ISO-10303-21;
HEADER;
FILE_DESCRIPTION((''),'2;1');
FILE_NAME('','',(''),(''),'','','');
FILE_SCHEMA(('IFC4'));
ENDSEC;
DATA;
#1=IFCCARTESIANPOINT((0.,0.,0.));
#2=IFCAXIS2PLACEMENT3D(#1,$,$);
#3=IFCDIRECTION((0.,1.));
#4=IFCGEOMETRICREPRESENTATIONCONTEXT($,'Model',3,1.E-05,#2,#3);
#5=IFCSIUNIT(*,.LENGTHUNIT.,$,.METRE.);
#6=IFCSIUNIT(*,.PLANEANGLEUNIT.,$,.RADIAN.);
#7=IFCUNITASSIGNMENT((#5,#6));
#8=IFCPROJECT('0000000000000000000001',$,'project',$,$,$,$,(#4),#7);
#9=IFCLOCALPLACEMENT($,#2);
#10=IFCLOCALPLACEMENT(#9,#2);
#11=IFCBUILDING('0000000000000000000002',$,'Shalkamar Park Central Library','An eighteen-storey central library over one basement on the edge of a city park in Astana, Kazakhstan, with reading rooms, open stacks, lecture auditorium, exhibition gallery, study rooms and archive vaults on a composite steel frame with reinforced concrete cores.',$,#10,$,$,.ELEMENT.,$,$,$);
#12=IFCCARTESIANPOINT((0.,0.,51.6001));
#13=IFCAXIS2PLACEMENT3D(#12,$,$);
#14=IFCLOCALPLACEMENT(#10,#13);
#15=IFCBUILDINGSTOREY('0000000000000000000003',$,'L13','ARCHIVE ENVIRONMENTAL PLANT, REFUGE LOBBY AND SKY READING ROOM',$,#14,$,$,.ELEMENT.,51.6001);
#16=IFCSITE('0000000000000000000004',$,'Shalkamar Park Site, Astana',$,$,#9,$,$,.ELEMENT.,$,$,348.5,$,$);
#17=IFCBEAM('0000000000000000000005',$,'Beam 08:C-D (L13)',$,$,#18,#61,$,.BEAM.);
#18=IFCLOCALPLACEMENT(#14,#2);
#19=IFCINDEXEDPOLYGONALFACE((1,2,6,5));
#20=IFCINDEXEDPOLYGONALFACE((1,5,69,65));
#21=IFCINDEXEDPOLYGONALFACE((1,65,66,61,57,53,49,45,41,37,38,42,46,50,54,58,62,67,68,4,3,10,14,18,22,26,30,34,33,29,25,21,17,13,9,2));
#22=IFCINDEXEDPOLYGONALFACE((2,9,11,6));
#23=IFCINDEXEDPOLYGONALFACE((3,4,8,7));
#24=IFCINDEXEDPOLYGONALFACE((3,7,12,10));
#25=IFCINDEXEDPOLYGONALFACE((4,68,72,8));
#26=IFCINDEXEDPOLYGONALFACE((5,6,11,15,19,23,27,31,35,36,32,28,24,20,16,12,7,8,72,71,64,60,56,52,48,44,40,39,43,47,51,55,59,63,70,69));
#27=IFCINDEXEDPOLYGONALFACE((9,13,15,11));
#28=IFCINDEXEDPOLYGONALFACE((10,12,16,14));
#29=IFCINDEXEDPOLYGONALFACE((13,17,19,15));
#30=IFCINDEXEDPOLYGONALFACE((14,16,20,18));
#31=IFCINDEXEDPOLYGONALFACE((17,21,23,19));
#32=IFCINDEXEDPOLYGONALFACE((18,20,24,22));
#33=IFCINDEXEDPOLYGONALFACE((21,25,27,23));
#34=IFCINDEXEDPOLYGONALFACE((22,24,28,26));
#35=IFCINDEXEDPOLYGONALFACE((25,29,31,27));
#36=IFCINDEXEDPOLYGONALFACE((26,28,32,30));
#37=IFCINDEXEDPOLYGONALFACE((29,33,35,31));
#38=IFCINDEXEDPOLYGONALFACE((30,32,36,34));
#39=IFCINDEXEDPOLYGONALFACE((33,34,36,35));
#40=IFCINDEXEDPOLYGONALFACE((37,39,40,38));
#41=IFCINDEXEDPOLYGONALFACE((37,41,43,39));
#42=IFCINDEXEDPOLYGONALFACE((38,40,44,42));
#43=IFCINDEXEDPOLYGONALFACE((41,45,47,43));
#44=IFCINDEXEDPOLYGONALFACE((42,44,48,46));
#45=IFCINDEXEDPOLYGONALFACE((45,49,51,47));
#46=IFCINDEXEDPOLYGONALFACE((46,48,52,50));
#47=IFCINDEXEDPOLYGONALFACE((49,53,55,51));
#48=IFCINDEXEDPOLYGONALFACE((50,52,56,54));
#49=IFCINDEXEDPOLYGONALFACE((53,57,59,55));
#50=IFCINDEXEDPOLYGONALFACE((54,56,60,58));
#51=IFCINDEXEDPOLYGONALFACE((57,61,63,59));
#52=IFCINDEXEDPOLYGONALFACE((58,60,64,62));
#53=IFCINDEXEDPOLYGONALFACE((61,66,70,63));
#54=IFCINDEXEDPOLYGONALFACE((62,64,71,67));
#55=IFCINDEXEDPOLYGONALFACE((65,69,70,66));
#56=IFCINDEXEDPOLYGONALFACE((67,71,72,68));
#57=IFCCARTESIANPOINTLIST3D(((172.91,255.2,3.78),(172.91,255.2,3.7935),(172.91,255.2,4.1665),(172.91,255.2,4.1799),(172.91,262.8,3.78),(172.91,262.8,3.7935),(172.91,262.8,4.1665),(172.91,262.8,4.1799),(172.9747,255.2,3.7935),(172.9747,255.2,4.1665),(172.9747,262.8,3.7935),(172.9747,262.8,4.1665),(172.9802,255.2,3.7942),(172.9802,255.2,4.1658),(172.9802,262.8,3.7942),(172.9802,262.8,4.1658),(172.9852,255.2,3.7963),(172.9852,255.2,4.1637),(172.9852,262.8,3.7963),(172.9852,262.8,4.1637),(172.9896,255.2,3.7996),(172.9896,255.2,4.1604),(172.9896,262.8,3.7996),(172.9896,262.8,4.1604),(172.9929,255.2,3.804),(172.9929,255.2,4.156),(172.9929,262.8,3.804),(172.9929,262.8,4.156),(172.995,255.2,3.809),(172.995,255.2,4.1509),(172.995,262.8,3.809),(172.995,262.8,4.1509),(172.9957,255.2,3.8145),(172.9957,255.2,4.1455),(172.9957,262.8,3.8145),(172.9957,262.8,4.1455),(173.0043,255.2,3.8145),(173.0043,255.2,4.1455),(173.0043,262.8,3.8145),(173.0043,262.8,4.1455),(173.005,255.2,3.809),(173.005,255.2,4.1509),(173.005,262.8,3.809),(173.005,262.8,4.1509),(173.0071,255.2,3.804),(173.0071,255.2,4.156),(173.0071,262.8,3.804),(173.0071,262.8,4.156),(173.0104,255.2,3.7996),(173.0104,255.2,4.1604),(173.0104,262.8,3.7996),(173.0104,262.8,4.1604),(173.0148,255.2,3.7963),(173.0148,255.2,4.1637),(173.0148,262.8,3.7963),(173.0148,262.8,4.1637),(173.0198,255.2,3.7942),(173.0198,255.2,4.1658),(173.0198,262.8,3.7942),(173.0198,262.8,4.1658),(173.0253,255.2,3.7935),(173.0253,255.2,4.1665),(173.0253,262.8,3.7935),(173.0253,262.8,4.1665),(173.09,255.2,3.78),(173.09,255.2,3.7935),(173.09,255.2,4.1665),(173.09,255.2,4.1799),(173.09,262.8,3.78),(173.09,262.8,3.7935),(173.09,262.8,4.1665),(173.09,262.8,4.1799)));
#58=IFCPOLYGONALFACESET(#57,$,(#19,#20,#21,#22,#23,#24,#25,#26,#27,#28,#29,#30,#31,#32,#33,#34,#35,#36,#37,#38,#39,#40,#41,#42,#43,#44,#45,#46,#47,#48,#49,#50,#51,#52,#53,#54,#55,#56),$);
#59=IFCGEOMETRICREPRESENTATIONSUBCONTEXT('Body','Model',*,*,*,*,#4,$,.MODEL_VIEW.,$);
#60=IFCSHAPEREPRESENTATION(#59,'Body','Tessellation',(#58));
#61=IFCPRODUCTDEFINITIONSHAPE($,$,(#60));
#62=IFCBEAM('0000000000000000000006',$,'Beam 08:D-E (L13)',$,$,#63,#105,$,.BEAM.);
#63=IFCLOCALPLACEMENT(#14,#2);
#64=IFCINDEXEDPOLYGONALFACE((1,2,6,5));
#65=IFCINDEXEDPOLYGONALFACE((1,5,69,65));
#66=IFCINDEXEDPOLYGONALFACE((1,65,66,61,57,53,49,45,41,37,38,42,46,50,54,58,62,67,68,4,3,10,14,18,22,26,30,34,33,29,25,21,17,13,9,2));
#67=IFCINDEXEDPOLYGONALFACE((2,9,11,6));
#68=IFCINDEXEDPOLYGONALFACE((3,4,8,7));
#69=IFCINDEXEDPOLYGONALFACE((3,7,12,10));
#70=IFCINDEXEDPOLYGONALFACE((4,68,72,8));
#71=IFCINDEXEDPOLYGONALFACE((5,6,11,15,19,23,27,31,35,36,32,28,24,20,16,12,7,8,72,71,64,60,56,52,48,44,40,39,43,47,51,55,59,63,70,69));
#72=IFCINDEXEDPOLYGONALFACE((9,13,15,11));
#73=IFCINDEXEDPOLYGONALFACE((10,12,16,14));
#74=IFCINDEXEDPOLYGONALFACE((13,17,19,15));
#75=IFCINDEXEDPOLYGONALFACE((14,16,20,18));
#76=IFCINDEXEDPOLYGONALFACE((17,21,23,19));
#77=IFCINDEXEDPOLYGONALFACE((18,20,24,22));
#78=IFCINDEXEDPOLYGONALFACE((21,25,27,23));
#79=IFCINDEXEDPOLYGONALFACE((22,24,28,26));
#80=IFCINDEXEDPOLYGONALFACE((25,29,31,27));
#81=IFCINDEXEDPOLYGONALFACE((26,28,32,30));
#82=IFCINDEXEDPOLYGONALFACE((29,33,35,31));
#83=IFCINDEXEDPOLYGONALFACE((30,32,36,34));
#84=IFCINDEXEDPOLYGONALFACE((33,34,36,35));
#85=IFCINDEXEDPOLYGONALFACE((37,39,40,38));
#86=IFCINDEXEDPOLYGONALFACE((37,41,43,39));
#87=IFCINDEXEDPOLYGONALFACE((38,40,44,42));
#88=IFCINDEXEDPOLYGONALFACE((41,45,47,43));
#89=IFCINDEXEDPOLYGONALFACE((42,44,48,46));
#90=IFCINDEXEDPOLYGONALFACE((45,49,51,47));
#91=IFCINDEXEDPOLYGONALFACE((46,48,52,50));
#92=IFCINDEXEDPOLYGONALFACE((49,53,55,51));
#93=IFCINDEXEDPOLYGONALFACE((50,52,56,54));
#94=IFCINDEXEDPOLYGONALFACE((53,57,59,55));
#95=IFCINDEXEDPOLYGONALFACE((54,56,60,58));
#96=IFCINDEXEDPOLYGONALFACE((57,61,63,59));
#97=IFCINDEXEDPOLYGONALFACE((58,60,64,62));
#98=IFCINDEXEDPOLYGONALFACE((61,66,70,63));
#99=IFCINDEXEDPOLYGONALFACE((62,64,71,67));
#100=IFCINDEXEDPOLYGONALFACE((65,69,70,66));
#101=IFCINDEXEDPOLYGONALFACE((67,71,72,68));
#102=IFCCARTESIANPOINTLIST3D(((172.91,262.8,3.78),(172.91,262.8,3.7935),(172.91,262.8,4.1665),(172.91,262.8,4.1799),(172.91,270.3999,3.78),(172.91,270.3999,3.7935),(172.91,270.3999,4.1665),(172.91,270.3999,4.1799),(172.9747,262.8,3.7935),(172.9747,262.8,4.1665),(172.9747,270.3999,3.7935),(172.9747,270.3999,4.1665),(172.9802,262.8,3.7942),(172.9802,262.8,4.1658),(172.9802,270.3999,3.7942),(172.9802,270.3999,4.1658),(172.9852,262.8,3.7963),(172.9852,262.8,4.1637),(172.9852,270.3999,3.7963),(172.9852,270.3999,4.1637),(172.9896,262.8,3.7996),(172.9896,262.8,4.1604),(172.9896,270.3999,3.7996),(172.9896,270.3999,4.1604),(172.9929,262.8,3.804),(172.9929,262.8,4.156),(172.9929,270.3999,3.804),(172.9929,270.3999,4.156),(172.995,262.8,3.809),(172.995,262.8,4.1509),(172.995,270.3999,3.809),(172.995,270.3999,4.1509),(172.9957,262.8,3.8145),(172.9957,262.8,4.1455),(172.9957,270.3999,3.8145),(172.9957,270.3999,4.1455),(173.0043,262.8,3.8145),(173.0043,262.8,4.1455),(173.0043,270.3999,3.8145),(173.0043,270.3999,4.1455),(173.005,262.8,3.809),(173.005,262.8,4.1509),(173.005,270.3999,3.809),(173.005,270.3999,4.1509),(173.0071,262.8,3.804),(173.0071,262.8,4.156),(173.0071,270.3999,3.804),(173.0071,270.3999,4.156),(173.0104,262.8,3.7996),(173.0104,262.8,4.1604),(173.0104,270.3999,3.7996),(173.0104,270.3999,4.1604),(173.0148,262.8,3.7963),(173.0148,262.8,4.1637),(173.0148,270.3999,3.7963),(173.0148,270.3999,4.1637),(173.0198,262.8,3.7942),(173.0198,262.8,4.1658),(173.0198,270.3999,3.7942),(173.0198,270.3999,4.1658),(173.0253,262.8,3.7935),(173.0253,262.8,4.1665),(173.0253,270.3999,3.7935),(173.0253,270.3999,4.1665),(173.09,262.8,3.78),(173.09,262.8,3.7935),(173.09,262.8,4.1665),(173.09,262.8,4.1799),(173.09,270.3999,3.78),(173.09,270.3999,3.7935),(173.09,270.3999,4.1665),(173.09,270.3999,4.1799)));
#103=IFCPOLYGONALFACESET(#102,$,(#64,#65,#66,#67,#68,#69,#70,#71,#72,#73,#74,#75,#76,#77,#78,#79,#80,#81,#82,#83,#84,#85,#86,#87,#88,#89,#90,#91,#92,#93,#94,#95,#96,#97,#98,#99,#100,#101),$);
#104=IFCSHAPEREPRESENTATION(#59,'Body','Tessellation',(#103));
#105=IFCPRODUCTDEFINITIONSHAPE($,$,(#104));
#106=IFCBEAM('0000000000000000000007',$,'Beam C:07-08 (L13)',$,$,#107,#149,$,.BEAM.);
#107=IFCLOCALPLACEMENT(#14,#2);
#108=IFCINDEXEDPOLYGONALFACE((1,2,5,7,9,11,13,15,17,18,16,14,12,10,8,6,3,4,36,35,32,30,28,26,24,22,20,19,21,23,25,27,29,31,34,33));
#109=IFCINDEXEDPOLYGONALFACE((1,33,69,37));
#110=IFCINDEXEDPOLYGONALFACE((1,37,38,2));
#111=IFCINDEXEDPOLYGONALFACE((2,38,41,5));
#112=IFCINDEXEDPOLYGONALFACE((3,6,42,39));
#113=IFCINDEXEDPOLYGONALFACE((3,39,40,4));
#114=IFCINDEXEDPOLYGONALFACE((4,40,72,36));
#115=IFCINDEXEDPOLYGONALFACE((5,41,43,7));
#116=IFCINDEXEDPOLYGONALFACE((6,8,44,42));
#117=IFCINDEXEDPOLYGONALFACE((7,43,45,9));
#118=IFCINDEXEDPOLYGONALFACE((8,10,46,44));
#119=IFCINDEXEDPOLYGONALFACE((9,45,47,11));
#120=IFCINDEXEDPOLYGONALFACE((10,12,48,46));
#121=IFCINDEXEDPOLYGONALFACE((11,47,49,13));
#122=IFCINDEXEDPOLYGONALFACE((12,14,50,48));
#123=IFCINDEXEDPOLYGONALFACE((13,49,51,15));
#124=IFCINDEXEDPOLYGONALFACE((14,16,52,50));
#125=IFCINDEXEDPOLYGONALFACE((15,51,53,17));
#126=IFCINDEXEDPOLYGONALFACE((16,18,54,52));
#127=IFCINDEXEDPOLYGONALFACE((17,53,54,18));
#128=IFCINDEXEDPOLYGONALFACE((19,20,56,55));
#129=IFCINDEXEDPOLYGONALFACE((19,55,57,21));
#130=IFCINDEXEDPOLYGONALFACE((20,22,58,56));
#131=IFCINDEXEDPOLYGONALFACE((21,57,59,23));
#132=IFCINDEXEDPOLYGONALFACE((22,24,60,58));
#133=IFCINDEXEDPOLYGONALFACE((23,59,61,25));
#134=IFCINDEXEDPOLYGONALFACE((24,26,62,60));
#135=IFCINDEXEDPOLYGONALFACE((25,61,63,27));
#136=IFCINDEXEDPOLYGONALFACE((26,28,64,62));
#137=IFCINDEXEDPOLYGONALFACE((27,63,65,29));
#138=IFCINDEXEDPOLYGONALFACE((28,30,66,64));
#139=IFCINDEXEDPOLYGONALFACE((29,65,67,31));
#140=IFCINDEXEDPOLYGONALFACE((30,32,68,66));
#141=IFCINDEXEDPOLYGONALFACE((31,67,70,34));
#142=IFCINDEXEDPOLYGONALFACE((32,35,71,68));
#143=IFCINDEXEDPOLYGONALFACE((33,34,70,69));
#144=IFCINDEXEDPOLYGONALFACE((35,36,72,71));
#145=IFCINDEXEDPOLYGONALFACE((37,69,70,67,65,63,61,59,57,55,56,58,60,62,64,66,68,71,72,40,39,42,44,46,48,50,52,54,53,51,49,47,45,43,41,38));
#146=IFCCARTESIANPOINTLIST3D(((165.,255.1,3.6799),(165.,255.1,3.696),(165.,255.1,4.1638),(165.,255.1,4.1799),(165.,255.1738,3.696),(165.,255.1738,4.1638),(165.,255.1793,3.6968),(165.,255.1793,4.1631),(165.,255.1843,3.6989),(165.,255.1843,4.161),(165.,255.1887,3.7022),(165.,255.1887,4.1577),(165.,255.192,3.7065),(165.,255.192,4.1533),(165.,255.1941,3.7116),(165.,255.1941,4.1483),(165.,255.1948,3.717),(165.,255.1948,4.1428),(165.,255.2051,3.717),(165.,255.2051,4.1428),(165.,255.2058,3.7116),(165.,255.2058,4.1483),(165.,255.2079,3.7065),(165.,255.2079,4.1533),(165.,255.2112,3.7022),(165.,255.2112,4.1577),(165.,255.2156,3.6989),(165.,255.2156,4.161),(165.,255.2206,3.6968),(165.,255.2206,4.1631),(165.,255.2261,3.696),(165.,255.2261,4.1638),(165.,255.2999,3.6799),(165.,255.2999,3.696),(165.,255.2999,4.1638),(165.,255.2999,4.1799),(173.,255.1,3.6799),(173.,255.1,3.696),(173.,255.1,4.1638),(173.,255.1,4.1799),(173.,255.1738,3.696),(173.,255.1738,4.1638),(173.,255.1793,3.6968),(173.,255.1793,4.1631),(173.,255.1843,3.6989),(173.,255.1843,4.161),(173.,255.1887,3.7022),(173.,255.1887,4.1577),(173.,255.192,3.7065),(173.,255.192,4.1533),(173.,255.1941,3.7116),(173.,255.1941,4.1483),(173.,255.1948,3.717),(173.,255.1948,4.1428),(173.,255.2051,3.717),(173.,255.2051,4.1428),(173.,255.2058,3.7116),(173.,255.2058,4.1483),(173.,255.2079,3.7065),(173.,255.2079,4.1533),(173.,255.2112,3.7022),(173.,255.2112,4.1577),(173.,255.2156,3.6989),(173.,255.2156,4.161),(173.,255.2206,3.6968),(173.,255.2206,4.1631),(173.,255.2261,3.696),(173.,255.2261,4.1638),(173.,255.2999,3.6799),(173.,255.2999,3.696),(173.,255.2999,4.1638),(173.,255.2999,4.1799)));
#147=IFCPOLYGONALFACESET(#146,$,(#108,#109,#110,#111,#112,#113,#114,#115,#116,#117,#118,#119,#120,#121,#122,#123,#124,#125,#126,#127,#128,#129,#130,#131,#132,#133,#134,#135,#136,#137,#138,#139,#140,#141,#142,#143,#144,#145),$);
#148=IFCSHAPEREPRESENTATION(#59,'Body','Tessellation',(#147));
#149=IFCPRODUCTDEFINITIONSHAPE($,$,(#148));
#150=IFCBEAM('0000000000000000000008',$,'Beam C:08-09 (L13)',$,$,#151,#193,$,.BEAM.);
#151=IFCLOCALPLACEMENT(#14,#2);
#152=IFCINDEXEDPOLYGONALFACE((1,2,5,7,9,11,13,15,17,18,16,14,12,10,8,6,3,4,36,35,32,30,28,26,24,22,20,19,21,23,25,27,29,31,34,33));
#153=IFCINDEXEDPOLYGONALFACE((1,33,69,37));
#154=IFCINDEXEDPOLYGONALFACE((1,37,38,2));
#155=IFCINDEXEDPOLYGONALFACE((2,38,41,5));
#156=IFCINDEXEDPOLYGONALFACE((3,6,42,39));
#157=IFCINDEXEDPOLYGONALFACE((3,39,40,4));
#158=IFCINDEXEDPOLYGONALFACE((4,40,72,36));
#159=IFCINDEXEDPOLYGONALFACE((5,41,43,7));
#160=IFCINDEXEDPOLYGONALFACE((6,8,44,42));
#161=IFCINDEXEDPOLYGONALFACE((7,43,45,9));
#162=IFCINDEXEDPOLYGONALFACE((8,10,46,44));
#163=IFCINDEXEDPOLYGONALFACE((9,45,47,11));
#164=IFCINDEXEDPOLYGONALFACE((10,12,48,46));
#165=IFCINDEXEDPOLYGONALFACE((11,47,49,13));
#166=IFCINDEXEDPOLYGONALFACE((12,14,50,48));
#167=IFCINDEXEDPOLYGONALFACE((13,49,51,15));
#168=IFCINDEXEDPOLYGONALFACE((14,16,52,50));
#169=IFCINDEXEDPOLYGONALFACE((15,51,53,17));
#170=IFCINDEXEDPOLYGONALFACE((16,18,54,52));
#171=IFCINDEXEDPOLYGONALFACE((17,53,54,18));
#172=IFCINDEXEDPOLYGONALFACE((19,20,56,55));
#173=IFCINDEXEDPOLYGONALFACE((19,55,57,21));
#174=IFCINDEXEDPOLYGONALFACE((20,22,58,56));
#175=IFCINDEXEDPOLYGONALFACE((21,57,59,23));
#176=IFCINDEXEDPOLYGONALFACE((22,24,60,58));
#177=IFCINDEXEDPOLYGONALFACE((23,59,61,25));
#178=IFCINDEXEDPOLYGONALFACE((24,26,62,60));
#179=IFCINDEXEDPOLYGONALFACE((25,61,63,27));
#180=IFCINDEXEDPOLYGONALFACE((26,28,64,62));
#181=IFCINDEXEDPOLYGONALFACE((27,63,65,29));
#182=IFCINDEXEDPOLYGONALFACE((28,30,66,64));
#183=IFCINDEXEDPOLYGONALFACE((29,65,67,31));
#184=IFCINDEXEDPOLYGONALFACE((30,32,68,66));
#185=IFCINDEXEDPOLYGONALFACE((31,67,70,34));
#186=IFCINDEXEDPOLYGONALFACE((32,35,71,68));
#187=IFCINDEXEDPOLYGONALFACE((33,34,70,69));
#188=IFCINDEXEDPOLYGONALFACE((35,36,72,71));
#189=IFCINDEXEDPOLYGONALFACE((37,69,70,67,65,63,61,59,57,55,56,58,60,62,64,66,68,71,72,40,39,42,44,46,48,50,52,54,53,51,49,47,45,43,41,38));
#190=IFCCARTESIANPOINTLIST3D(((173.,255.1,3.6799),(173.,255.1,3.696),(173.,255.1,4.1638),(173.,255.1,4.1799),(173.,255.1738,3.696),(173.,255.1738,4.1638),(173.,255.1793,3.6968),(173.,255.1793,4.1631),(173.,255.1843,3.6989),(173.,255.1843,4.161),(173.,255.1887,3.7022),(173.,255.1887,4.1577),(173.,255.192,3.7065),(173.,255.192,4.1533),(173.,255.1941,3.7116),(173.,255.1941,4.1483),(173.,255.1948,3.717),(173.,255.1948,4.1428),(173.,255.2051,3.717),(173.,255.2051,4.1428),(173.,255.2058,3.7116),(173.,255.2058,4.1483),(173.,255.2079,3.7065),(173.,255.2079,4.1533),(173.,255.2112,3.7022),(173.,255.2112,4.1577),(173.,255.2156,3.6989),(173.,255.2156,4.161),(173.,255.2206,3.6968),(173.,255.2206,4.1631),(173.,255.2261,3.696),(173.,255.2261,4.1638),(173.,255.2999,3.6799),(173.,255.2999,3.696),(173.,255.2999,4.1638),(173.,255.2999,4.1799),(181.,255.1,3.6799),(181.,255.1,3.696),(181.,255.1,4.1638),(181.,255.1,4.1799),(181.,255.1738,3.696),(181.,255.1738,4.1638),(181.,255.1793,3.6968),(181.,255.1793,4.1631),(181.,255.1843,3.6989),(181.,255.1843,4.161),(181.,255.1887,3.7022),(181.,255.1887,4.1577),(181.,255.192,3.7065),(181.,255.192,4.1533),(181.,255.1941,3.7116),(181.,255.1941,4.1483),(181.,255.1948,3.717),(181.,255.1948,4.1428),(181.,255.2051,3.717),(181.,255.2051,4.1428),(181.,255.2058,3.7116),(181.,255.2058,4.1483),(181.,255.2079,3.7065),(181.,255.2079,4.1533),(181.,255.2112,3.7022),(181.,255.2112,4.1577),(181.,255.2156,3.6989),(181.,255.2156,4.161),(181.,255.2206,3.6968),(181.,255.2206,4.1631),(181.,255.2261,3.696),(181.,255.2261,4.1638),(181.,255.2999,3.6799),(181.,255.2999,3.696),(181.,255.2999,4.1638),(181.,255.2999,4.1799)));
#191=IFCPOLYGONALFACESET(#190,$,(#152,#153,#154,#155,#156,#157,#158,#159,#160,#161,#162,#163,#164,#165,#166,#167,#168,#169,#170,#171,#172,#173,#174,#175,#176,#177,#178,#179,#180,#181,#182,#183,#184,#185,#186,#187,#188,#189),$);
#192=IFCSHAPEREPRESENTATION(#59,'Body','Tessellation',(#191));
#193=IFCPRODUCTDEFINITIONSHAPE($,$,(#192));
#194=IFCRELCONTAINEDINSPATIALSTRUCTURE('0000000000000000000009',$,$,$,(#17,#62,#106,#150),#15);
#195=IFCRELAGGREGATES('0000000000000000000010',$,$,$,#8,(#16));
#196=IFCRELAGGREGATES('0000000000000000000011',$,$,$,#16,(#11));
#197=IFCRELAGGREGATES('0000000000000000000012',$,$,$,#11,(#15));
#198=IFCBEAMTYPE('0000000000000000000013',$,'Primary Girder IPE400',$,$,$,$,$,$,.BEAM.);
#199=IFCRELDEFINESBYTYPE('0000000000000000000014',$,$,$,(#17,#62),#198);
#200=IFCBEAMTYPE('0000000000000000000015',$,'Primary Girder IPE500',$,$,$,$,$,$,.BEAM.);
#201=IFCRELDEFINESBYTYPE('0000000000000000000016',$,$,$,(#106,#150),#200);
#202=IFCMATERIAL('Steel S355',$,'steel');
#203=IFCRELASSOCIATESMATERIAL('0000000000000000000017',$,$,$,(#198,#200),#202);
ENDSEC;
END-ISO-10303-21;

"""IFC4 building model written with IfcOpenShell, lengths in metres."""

from ifc_helpers import new_model, si_unit, direction, frame, origin, origin_2d, place, context, subcontext, project, spatial, i_section, extrude, material, material_profile, profile_set, type_object, element, save


model = new_model("IFC4")

# Units and contexts
model_context = context("Model", 3, precision=1e-05, world=origin(), true_north=direction((0.0, 1.0)))
body_context = subcontext(model_context, "Body", "Model", "MODEL_VIEW")
ifc_project = project(units=[si_unit("LENGTHUNIT", "METRE"), si_unit("PLANEANGLEUNIT", "RADIAN")], contexts=[model_context])

# Site, building, storey
site_placement = place(None, origin())
site = spatial("IfcSite", under=ifc_project, at=site_placement, Name="Shalkamar Park Site, Astana", CompositionType="ELEMENT", RefElevation=348.5)
building_placement = place(site_placement, origin())
building = spatial("IfcBuilding", under=site, at=building_placement, Name="Shalkamar Park Central Library", Description="An eighteen-storey central library over one basement on the edge of a city park in Astana, Kazakhstan, with reading rooms, open stacks, lecture auditorium, exhibition gallery, study rooms and archive vaults on a composite steel frame with reinforced concrete cores.", CompositionType="ELEMENT")
storey_placement = place(building_placement, frame((0.0, 0.0, 51.6001)))
storey = spatial("IfcBuildingStorey", under=building, at=storey_placement, Name="L13", Description="ARCHIVE ENVIRONMENTAL PLANT, REFUGE LOBBY AND SKY READING ROOM", CompositionType="ELEMENT", Elevation=51.6001)

# Shared definitions
ifc_material_1 = material(Name="Steel S355", Category="steel")

# Beams
ifc_material_profile_1 = material_profile(ifc_material_1, i_section(OverallWidth=0.1799, OverallDepth=0.3999, WebThickness=0.0085, FlangeThickness=0.0134, FilletRadius=0.021, at=origin_2d()), Name="IPE 400")
ifc_profile_set_1 = profile_set([ifc_material_profile_1], Name="Steel S355")
beam_type_1 = type_object("IfcBeamType", Name="Primary Girder IPE400", PredefinedType="BEAM", material=ifc_profile_set_1)
beam_1_placement = place(storey_placement, frame((173.0, 255.2, 3.98), z_axis=(0.0, 1.0, 0.0), x_axis=(-1.0, 0.0, 0.0)))
element("IfcBeam", 1, at=beam_1_placement, inside=storey, type_object=beam_type_1, Name="Beam 08:C-D (L13)", PredefinedType="BEAM", context=body_context, shape_type="SweptSolid", body=[
    extrude(i_section(OverallWidth=0.1799, OverallDepth=0.3999, WebThickness=0.0085, FlangeThickness=0.0134, FilletRadius=0.021, at=origin_2d()), origin(), (0.0, 0.0, 1.0), 7.6001),
])
beam_2_placement = place(storey_placement, frame((173.0, 262.8, 3.98), z_axis=(0.0, 1.0, 0.0), x_axis=(-1.0, 0.0, 0.0)))
element("IfcBeam", 2, at=beam_2_placement, inside=storey, type_object=beam_type_1, Name="Beam 08:D-E (L13)", PredefinedType="BEAM", context=body_context, shape_type="SweptSolid", body=[
    extrude(i_section(OverallWidth=0.1799, OverallDepth=0.3999, WebThickness=0.0085, FlangeThickness=0.0134, FilletRadius=0.021, at=origin_2d()), origin(), (0.0, 0.0, 1.0), 7.5999),
])
ifc_material_profile_2 = material_profile(ifc_material_1, i_section(OverallWidth=0.2, OverallDepth=0.5, WebThickness=0.0103, FlangeThickness=0.0161, FilletRadius=0.021, at=origin_2d()), Name="IPE 500")
ifc_profile_set_2 = profile_set([ifc_material_profile_2], Name="Steel S355")
beam_type_2 = type_object("IfcBeamType", Name="Primary Girder IPE500", PredefinedType="BEAM", material=ifc_profile_set_2)
for number, where, z_axis, x_axis, name in (
    (3, (165.0, 255.2, 3.9299), (1.0, 0.0, 0.0), (0.0, 1.0, 0.0), "Beam C:07-08 (L13)"),
    (4, (173.0, 255.2, 3.9299), (1.0, 0.0, 0.0), (0.0, 1.0, 0.0), "Beam C:08-09 (L13)"),
):
    element("IfcBeam", number, at=place(storey_placement, frame(where, z_axis=z_axis, x_axis=x_axis)), inside=storey, type_object=beam_type_2, Name=name, PredefinedType="BEAM", context=body_context, shape_type="SweptSolid", body=[
        extrude(i_section(OverallWidth=0.2, OverallDepth=0.5, WebThickness=0.0103, FlangeThickness=0.0161, FilletRadius=0.021, at=origin_2d()), origin(), (0.0, 0.0, 1.0), 8.0),
    ])

save(model, "model.ifc")
